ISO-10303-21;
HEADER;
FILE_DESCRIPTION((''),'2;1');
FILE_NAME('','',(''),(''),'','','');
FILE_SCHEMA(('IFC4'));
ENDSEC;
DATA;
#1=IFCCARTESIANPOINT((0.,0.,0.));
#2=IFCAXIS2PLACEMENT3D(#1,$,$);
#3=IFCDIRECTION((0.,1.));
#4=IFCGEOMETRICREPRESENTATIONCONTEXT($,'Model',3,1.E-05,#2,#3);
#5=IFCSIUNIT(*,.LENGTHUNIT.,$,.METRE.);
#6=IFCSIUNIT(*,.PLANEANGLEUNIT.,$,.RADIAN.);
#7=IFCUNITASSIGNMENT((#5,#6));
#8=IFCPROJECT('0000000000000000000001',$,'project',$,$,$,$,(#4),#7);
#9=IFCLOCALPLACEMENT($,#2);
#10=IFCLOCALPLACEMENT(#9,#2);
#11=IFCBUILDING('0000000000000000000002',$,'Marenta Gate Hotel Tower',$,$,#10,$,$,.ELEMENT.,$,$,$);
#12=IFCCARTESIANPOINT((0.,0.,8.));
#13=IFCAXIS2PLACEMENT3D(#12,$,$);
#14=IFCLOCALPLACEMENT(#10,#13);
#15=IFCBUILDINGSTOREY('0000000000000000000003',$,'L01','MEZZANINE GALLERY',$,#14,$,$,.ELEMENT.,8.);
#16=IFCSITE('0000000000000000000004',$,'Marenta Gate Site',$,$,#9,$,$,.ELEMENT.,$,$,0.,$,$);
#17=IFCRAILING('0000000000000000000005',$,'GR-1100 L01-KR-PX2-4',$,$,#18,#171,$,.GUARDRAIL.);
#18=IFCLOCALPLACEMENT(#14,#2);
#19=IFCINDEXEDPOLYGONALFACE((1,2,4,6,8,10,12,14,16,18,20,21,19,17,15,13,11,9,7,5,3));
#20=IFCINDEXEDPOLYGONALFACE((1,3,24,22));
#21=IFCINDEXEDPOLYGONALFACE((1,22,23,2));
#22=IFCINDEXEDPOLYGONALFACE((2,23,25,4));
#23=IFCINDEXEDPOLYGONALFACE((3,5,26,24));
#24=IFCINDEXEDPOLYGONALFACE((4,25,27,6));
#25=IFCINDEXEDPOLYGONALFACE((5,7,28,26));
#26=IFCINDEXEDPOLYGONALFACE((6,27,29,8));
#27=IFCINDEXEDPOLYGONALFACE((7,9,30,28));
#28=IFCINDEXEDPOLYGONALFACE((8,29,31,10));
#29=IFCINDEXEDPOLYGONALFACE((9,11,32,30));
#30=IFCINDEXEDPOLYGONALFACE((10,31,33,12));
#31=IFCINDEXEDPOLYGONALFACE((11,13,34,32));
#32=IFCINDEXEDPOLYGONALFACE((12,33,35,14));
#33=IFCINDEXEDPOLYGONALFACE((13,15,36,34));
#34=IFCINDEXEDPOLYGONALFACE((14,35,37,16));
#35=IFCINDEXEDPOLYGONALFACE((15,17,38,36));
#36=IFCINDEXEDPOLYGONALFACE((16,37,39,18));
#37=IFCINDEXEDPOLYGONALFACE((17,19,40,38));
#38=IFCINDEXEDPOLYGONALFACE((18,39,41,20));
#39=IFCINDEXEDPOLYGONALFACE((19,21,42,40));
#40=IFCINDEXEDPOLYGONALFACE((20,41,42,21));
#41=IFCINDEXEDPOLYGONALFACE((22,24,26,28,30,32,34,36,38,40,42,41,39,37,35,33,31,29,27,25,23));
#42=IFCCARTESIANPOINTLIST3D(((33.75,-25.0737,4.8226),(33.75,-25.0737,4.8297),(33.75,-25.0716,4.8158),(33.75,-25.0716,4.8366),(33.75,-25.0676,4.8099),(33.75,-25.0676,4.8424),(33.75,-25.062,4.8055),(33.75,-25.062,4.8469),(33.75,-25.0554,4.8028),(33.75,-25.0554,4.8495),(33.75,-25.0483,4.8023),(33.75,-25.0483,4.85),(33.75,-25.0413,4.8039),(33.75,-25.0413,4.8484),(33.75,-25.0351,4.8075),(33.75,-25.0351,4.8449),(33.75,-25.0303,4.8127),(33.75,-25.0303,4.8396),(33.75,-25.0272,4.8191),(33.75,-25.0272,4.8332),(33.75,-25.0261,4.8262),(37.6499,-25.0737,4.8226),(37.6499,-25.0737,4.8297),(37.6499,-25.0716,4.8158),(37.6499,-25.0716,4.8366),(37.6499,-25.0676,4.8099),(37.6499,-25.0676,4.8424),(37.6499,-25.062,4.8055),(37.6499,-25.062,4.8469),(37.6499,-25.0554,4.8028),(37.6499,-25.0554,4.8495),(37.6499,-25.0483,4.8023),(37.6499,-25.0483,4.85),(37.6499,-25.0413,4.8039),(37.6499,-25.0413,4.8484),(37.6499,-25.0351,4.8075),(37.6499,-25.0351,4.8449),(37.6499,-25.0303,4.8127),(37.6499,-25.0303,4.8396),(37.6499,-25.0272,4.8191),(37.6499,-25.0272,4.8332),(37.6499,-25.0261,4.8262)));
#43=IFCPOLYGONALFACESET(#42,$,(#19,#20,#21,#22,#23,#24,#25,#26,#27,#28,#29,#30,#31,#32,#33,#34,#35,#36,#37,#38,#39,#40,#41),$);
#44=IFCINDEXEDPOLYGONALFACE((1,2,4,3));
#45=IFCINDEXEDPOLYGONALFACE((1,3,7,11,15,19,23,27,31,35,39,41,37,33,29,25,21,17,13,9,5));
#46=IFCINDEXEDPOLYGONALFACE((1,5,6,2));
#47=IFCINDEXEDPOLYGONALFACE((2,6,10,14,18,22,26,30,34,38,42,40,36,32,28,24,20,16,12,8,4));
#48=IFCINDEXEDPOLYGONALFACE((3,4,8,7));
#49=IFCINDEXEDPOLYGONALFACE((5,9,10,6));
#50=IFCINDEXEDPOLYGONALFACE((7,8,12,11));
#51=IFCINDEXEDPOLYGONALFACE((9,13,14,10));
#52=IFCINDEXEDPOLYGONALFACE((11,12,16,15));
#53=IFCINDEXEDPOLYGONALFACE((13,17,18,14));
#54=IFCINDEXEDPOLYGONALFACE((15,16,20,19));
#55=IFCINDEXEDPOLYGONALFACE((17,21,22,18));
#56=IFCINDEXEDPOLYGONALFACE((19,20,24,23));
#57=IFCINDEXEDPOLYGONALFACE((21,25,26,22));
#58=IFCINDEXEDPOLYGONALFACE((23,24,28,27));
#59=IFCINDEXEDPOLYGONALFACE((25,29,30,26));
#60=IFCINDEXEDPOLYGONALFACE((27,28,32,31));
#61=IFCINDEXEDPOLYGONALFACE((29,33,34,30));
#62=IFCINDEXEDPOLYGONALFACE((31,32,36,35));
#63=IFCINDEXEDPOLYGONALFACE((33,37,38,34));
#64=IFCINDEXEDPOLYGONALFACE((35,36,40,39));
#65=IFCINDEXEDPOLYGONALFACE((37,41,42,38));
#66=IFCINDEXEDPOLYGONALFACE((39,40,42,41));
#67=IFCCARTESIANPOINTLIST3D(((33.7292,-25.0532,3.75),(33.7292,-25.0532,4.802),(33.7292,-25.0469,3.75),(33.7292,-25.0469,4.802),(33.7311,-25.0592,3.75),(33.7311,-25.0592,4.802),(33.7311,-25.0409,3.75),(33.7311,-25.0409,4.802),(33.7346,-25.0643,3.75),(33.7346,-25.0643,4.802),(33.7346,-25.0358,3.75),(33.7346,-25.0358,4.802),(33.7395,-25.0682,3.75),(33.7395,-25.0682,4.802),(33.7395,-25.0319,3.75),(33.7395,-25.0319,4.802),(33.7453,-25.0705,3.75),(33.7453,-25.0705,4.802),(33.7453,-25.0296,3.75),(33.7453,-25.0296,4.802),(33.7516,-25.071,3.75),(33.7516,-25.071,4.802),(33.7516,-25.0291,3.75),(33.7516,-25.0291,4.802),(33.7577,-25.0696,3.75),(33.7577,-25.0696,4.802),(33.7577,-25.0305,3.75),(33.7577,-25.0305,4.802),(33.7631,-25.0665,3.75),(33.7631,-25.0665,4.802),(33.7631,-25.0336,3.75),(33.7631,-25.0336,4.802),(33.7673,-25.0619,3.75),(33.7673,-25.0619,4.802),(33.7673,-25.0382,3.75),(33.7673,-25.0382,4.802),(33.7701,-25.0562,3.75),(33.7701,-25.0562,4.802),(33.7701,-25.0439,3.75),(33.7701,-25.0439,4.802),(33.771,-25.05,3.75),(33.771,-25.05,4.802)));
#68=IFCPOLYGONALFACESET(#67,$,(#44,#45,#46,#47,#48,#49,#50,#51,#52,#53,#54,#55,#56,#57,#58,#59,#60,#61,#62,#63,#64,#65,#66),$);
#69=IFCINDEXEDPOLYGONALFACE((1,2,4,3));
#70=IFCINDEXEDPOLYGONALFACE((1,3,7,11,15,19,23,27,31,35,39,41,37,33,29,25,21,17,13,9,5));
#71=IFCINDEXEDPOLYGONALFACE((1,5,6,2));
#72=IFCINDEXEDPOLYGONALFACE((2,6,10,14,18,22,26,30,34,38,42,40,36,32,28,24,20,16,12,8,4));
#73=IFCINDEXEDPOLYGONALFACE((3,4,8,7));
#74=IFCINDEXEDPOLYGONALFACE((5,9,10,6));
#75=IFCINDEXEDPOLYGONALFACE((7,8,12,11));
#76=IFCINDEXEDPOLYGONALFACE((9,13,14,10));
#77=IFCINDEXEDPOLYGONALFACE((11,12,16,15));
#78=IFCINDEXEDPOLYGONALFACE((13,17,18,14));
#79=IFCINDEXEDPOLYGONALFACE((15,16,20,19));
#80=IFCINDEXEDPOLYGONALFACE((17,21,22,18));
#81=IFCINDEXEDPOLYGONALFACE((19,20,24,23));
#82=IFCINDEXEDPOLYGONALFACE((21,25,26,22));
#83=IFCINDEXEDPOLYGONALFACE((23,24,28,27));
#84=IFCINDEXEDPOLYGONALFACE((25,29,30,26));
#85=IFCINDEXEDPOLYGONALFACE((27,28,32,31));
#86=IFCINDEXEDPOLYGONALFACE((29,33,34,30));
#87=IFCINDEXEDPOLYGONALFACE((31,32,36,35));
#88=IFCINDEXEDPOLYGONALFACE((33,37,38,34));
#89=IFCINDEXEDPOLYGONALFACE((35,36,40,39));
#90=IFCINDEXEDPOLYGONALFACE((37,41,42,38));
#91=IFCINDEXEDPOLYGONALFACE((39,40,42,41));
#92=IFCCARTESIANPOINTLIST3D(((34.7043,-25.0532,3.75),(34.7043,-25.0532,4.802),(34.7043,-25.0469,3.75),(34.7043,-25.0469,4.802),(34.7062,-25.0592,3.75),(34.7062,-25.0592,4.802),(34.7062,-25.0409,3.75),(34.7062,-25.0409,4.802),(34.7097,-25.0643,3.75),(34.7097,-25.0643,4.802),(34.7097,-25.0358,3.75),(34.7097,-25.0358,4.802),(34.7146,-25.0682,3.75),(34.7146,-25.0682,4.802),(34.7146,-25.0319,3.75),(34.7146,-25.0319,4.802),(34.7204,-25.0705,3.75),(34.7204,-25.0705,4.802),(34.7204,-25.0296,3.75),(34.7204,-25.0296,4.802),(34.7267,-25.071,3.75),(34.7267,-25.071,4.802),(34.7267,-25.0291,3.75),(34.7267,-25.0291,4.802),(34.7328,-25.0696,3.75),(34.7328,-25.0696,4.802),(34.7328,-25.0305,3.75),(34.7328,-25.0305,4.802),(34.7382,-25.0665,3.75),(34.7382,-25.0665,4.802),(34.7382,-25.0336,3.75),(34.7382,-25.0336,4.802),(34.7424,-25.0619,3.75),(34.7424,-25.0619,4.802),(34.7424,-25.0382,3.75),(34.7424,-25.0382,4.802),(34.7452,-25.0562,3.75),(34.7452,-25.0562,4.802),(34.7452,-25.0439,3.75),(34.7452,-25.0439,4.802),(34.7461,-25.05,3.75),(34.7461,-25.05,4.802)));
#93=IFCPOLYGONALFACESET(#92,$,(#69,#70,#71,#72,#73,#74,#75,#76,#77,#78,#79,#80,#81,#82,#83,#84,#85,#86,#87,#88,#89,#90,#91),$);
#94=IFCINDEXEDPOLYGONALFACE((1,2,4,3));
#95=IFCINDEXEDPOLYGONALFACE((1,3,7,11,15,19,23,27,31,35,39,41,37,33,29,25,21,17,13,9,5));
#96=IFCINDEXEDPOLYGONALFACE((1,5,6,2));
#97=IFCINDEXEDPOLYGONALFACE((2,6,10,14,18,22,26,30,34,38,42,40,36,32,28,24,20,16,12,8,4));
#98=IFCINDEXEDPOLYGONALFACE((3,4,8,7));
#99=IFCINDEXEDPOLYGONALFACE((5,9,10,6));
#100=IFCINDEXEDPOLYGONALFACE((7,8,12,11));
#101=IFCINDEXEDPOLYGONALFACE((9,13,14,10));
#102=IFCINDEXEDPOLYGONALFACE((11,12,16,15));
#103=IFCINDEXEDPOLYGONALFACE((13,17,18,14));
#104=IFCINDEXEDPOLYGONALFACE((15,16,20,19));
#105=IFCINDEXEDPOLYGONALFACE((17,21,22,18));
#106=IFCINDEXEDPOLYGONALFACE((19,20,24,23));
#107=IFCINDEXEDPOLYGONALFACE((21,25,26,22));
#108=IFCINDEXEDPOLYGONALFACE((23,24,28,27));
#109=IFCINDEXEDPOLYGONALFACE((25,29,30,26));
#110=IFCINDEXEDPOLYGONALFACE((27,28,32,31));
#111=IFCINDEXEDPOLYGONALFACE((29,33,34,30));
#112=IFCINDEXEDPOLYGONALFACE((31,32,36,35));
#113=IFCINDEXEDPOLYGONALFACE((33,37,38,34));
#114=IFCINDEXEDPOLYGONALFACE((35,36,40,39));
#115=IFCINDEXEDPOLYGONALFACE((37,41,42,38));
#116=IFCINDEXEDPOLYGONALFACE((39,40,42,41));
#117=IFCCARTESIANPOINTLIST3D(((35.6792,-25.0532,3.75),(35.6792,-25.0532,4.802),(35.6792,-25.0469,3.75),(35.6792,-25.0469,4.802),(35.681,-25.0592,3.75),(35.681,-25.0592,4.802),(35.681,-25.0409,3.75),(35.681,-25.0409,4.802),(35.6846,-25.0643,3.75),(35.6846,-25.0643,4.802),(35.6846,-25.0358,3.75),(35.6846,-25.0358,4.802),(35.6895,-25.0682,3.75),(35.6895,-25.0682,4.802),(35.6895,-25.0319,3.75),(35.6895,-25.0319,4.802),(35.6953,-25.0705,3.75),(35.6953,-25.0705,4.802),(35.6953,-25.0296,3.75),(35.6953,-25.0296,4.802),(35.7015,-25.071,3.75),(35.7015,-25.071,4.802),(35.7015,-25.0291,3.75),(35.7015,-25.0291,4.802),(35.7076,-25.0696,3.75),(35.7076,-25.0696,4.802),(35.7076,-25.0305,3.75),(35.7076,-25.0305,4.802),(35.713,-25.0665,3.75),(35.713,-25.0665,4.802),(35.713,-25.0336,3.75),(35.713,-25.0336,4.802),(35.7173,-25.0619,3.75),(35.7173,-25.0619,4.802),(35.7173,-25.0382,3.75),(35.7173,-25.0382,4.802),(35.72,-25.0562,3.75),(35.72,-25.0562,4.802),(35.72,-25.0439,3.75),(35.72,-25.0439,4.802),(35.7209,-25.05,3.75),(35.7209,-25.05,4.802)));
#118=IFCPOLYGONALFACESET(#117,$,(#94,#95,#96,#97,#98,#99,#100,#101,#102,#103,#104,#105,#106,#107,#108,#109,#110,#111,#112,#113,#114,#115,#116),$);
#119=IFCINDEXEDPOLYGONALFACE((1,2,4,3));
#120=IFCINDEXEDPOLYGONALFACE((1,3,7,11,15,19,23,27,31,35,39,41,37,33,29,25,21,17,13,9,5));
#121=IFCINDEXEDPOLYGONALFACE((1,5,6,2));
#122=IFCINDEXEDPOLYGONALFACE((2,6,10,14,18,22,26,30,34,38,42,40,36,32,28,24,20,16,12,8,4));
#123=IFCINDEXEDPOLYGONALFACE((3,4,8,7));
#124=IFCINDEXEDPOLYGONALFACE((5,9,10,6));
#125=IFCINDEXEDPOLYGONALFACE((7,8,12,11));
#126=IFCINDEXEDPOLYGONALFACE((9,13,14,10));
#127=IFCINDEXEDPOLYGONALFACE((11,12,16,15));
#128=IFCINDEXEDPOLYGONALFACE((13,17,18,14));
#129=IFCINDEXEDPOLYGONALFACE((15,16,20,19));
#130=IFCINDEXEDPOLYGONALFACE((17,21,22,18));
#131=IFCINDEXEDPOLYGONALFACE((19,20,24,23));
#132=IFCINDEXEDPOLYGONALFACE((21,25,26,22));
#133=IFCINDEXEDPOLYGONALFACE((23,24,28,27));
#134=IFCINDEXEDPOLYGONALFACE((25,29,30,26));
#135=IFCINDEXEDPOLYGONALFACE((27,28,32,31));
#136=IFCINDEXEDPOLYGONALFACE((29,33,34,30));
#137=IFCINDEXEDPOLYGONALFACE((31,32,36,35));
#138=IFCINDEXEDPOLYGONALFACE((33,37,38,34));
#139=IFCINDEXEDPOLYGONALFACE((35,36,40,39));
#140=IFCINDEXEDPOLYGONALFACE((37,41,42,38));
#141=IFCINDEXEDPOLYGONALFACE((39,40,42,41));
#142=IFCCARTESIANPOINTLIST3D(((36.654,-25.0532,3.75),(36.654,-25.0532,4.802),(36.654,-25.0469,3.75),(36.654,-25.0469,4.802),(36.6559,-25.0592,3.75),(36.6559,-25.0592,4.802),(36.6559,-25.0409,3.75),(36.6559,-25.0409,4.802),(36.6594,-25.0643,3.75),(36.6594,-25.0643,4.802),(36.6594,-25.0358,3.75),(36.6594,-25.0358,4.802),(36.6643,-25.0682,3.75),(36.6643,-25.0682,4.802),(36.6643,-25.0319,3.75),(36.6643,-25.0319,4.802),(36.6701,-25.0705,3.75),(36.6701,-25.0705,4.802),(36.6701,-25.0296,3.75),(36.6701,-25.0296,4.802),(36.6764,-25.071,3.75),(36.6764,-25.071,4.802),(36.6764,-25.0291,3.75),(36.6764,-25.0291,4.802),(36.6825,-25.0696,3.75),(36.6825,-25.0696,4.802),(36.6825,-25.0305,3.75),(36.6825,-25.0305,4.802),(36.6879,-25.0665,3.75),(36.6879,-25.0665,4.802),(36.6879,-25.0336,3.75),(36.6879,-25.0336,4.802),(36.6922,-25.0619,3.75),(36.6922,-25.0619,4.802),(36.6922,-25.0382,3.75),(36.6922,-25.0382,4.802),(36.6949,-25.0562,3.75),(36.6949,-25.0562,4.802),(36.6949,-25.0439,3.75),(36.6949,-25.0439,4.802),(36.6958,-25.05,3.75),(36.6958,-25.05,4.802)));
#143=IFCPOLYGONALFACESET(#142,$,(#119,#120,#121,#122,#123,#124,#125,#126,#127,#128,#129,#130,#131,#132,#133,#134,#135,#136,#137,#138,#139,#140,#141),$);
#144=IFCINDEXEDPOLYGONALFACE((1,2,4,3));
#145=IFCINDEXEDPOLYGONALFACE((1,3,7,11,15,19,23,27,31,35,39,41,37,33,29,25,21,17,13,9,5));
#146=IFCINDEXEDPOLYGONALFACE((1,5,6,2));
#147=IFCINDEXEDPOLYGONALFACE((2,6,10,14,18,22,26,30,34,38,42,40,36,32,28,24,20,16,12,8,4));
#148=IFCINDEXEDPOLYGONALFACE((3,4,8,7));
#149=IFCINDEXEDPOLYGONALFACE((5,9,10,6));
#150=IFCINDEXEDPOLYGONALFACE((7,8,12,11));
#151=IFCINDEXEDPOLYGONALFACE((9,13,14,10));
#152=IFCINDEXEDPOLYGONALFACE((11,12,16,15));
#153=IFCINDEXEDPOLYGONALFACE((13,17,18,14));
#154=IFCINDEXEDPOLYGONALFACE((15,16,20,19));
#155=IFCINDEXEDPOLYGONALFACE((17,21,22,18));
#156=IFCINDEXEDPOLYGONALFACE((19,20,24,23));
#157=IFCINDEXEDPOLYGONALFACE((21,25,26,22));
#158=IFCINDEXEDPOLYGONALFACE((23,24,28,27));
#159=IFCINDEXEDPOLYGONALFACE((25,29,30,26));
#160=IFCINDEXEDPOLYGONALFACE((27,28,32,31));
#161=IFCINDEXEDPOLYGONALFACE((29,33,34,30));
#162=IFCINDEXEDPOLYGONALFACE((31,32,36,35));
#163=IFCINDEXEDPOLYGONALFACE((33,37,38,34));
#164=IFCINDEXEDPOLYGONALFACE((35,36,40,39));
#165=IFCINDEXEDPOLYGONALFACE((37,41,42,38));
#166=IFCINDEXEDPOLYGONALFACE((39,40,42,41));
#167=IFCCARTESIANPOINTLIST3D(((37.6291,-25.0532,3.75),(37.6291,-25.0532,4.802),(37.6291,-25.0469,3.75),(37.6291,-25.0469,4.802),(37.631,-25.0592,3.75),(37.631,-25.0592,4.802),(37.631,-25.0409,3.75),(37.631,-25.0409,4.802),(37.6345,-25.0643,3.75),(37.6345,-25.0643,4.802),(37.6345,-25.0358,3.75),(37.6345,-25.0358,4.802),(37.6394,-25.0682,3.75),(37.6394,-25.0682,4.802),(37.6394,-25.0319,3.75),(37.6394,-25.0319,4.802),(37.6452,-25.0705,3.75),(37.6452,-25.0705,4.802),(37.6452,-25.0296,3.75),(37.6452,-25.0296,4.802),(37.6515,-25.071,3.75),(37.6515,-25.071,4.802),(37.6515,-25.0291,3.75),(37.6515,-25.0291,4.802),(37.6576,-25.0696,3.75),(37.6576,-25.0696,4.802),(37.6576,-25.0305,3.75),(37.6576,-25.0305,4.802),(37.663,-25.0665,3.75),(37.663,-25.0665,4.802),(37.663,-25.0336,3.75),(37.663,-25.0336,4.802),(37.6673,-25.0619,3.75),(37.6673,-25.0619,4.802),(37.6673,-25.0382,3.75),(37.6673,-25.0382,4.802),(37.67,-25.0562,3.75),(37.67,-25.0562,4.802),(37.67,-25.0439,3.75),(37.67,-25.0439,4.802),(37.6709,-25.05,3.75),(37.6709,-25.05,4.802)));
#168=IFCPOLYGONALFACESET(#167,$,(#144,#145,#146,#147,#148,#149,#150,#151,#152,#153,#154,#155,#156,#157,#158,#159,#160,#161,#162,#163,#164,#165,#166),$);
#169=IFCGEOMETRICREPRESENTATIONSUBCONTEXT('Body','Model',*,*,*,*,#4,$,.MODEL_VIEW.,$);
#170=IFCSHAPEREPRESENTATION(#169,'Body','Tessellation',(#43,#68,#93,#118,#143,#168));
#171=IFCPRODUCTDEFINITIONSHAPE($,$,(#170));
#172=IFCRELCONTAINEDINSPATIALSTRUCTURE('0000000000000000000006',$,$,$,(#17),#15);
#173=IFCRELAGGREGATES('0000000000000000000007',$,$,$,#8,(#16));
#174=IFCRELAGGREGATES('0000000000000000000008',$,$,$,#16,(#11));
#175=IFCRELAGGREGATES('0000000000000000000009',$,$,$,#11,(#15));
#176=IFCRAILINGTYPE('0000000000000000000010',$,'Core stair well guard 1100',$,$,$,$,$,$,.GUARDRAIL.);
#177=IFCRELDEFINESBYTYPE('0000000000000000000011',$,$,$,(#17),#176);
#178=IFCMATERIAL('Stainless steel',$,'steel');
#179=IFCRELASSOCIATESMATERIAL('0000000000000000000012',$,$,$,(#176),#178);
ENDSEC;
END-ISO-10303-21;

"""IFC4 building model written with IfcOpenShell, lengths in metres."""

from ifc_helpers import new_model, si_unit, direction, frame, origin, origin_2d, place, context, subcontext, project, spatial, circle, extrude, material, type_object, element, save


model = new_model("IFC4")

# Units and contexts
model_context = context("Model", 3, precision=1e-05, world=origin(), true_north=direction((0.0, 1.0)))
body_context = subcontext(model_context, "Body", "Model", "MODEL_VIEW")
ifc_project = project(units=[si_unit("LENGTHUNIT", "METRE"), si_unit("PLANEANGLEUNIT", "RADIAN")], contexts=[model_context])

# Site, building, storey
site_placement = place(None, origin())
site = spatial("IfcSite", under=ifc_project, at=site_placement, Name="Marenta Gate Site", CompositionType="ELEMENT", RefElevation=0.0)
building_placement = place(site_placement, origin())
building = spatial("IfcBuilding", under=site, at=building_placement, Name="Marenta Gate Hotel Tower", CompositionType="ELEMENT")
storey_placement = place(building_placement, frame((0.0, 0.0, 8.0)))
storey = spatial("IfcBuildingStorey", under=building, at=storey_placement, Name="L01", Description="MEZZANINE GALLERY", CompositionType="ELEMENT", Elevation=8.0)

# Railing
ifc_material_1 = material(Name="Stainless steel", Category="steel")
railing_type_1 = type_object("IfcRailingType", Name="Core stair well guard 1100", PredefinedType="GUARDRAIL", material=ifc_material_1)
railing_1_placement = place(storey_placement, frame((33.75, -25.05, 3.75)))
element("IfcRailing", 1, at=railing_1_placement, inside=storey, type_object=railing_type_1, Name="GR-1100 L01-KR-PX2-4", PredefinedType="GUARDRAIL", context=body_context, shape_type="SweptSolid", body=[
    extrude(circle(Radius=0.0239, at=origin_2d()), frame((0.0, 0.0, 1.0762), z_axis=(1.0, 0.0, 0.0), x_axis=(0.0, 1.0, 0.0)), (0.0, 0.0, 1.0), 3.8999),
    extrude(circle(Radius=0.021, at=origin_2d()), origin(), (0.0, 0.0, 1.0), 1.052),
    extrude(circle(Radius=0.021, at=origin_2d()), frame((0.9751, 0.0, 0.0)), (0.0, 0.0, 1.0), 1.052),
    extrude(circle(Radius=0.021, at=origin_2d()), frame((1.95, 0.0, 0.0)), (0.0, 0.0, 1.0), 1.052),
    extrude(circle(Radius=0.021, at=origin_2d()), frame((2.9248, 0.0, 0.0)), (0.0, 0.0, 1.0), 1.052),
    extrude(circle(Radius=0.021, at=origin_2d()), frame((3.8999, 0.0, 0.0)), (0.0, 0.0, 1.0), 1.052),
])

save(model, "model.ifc")
